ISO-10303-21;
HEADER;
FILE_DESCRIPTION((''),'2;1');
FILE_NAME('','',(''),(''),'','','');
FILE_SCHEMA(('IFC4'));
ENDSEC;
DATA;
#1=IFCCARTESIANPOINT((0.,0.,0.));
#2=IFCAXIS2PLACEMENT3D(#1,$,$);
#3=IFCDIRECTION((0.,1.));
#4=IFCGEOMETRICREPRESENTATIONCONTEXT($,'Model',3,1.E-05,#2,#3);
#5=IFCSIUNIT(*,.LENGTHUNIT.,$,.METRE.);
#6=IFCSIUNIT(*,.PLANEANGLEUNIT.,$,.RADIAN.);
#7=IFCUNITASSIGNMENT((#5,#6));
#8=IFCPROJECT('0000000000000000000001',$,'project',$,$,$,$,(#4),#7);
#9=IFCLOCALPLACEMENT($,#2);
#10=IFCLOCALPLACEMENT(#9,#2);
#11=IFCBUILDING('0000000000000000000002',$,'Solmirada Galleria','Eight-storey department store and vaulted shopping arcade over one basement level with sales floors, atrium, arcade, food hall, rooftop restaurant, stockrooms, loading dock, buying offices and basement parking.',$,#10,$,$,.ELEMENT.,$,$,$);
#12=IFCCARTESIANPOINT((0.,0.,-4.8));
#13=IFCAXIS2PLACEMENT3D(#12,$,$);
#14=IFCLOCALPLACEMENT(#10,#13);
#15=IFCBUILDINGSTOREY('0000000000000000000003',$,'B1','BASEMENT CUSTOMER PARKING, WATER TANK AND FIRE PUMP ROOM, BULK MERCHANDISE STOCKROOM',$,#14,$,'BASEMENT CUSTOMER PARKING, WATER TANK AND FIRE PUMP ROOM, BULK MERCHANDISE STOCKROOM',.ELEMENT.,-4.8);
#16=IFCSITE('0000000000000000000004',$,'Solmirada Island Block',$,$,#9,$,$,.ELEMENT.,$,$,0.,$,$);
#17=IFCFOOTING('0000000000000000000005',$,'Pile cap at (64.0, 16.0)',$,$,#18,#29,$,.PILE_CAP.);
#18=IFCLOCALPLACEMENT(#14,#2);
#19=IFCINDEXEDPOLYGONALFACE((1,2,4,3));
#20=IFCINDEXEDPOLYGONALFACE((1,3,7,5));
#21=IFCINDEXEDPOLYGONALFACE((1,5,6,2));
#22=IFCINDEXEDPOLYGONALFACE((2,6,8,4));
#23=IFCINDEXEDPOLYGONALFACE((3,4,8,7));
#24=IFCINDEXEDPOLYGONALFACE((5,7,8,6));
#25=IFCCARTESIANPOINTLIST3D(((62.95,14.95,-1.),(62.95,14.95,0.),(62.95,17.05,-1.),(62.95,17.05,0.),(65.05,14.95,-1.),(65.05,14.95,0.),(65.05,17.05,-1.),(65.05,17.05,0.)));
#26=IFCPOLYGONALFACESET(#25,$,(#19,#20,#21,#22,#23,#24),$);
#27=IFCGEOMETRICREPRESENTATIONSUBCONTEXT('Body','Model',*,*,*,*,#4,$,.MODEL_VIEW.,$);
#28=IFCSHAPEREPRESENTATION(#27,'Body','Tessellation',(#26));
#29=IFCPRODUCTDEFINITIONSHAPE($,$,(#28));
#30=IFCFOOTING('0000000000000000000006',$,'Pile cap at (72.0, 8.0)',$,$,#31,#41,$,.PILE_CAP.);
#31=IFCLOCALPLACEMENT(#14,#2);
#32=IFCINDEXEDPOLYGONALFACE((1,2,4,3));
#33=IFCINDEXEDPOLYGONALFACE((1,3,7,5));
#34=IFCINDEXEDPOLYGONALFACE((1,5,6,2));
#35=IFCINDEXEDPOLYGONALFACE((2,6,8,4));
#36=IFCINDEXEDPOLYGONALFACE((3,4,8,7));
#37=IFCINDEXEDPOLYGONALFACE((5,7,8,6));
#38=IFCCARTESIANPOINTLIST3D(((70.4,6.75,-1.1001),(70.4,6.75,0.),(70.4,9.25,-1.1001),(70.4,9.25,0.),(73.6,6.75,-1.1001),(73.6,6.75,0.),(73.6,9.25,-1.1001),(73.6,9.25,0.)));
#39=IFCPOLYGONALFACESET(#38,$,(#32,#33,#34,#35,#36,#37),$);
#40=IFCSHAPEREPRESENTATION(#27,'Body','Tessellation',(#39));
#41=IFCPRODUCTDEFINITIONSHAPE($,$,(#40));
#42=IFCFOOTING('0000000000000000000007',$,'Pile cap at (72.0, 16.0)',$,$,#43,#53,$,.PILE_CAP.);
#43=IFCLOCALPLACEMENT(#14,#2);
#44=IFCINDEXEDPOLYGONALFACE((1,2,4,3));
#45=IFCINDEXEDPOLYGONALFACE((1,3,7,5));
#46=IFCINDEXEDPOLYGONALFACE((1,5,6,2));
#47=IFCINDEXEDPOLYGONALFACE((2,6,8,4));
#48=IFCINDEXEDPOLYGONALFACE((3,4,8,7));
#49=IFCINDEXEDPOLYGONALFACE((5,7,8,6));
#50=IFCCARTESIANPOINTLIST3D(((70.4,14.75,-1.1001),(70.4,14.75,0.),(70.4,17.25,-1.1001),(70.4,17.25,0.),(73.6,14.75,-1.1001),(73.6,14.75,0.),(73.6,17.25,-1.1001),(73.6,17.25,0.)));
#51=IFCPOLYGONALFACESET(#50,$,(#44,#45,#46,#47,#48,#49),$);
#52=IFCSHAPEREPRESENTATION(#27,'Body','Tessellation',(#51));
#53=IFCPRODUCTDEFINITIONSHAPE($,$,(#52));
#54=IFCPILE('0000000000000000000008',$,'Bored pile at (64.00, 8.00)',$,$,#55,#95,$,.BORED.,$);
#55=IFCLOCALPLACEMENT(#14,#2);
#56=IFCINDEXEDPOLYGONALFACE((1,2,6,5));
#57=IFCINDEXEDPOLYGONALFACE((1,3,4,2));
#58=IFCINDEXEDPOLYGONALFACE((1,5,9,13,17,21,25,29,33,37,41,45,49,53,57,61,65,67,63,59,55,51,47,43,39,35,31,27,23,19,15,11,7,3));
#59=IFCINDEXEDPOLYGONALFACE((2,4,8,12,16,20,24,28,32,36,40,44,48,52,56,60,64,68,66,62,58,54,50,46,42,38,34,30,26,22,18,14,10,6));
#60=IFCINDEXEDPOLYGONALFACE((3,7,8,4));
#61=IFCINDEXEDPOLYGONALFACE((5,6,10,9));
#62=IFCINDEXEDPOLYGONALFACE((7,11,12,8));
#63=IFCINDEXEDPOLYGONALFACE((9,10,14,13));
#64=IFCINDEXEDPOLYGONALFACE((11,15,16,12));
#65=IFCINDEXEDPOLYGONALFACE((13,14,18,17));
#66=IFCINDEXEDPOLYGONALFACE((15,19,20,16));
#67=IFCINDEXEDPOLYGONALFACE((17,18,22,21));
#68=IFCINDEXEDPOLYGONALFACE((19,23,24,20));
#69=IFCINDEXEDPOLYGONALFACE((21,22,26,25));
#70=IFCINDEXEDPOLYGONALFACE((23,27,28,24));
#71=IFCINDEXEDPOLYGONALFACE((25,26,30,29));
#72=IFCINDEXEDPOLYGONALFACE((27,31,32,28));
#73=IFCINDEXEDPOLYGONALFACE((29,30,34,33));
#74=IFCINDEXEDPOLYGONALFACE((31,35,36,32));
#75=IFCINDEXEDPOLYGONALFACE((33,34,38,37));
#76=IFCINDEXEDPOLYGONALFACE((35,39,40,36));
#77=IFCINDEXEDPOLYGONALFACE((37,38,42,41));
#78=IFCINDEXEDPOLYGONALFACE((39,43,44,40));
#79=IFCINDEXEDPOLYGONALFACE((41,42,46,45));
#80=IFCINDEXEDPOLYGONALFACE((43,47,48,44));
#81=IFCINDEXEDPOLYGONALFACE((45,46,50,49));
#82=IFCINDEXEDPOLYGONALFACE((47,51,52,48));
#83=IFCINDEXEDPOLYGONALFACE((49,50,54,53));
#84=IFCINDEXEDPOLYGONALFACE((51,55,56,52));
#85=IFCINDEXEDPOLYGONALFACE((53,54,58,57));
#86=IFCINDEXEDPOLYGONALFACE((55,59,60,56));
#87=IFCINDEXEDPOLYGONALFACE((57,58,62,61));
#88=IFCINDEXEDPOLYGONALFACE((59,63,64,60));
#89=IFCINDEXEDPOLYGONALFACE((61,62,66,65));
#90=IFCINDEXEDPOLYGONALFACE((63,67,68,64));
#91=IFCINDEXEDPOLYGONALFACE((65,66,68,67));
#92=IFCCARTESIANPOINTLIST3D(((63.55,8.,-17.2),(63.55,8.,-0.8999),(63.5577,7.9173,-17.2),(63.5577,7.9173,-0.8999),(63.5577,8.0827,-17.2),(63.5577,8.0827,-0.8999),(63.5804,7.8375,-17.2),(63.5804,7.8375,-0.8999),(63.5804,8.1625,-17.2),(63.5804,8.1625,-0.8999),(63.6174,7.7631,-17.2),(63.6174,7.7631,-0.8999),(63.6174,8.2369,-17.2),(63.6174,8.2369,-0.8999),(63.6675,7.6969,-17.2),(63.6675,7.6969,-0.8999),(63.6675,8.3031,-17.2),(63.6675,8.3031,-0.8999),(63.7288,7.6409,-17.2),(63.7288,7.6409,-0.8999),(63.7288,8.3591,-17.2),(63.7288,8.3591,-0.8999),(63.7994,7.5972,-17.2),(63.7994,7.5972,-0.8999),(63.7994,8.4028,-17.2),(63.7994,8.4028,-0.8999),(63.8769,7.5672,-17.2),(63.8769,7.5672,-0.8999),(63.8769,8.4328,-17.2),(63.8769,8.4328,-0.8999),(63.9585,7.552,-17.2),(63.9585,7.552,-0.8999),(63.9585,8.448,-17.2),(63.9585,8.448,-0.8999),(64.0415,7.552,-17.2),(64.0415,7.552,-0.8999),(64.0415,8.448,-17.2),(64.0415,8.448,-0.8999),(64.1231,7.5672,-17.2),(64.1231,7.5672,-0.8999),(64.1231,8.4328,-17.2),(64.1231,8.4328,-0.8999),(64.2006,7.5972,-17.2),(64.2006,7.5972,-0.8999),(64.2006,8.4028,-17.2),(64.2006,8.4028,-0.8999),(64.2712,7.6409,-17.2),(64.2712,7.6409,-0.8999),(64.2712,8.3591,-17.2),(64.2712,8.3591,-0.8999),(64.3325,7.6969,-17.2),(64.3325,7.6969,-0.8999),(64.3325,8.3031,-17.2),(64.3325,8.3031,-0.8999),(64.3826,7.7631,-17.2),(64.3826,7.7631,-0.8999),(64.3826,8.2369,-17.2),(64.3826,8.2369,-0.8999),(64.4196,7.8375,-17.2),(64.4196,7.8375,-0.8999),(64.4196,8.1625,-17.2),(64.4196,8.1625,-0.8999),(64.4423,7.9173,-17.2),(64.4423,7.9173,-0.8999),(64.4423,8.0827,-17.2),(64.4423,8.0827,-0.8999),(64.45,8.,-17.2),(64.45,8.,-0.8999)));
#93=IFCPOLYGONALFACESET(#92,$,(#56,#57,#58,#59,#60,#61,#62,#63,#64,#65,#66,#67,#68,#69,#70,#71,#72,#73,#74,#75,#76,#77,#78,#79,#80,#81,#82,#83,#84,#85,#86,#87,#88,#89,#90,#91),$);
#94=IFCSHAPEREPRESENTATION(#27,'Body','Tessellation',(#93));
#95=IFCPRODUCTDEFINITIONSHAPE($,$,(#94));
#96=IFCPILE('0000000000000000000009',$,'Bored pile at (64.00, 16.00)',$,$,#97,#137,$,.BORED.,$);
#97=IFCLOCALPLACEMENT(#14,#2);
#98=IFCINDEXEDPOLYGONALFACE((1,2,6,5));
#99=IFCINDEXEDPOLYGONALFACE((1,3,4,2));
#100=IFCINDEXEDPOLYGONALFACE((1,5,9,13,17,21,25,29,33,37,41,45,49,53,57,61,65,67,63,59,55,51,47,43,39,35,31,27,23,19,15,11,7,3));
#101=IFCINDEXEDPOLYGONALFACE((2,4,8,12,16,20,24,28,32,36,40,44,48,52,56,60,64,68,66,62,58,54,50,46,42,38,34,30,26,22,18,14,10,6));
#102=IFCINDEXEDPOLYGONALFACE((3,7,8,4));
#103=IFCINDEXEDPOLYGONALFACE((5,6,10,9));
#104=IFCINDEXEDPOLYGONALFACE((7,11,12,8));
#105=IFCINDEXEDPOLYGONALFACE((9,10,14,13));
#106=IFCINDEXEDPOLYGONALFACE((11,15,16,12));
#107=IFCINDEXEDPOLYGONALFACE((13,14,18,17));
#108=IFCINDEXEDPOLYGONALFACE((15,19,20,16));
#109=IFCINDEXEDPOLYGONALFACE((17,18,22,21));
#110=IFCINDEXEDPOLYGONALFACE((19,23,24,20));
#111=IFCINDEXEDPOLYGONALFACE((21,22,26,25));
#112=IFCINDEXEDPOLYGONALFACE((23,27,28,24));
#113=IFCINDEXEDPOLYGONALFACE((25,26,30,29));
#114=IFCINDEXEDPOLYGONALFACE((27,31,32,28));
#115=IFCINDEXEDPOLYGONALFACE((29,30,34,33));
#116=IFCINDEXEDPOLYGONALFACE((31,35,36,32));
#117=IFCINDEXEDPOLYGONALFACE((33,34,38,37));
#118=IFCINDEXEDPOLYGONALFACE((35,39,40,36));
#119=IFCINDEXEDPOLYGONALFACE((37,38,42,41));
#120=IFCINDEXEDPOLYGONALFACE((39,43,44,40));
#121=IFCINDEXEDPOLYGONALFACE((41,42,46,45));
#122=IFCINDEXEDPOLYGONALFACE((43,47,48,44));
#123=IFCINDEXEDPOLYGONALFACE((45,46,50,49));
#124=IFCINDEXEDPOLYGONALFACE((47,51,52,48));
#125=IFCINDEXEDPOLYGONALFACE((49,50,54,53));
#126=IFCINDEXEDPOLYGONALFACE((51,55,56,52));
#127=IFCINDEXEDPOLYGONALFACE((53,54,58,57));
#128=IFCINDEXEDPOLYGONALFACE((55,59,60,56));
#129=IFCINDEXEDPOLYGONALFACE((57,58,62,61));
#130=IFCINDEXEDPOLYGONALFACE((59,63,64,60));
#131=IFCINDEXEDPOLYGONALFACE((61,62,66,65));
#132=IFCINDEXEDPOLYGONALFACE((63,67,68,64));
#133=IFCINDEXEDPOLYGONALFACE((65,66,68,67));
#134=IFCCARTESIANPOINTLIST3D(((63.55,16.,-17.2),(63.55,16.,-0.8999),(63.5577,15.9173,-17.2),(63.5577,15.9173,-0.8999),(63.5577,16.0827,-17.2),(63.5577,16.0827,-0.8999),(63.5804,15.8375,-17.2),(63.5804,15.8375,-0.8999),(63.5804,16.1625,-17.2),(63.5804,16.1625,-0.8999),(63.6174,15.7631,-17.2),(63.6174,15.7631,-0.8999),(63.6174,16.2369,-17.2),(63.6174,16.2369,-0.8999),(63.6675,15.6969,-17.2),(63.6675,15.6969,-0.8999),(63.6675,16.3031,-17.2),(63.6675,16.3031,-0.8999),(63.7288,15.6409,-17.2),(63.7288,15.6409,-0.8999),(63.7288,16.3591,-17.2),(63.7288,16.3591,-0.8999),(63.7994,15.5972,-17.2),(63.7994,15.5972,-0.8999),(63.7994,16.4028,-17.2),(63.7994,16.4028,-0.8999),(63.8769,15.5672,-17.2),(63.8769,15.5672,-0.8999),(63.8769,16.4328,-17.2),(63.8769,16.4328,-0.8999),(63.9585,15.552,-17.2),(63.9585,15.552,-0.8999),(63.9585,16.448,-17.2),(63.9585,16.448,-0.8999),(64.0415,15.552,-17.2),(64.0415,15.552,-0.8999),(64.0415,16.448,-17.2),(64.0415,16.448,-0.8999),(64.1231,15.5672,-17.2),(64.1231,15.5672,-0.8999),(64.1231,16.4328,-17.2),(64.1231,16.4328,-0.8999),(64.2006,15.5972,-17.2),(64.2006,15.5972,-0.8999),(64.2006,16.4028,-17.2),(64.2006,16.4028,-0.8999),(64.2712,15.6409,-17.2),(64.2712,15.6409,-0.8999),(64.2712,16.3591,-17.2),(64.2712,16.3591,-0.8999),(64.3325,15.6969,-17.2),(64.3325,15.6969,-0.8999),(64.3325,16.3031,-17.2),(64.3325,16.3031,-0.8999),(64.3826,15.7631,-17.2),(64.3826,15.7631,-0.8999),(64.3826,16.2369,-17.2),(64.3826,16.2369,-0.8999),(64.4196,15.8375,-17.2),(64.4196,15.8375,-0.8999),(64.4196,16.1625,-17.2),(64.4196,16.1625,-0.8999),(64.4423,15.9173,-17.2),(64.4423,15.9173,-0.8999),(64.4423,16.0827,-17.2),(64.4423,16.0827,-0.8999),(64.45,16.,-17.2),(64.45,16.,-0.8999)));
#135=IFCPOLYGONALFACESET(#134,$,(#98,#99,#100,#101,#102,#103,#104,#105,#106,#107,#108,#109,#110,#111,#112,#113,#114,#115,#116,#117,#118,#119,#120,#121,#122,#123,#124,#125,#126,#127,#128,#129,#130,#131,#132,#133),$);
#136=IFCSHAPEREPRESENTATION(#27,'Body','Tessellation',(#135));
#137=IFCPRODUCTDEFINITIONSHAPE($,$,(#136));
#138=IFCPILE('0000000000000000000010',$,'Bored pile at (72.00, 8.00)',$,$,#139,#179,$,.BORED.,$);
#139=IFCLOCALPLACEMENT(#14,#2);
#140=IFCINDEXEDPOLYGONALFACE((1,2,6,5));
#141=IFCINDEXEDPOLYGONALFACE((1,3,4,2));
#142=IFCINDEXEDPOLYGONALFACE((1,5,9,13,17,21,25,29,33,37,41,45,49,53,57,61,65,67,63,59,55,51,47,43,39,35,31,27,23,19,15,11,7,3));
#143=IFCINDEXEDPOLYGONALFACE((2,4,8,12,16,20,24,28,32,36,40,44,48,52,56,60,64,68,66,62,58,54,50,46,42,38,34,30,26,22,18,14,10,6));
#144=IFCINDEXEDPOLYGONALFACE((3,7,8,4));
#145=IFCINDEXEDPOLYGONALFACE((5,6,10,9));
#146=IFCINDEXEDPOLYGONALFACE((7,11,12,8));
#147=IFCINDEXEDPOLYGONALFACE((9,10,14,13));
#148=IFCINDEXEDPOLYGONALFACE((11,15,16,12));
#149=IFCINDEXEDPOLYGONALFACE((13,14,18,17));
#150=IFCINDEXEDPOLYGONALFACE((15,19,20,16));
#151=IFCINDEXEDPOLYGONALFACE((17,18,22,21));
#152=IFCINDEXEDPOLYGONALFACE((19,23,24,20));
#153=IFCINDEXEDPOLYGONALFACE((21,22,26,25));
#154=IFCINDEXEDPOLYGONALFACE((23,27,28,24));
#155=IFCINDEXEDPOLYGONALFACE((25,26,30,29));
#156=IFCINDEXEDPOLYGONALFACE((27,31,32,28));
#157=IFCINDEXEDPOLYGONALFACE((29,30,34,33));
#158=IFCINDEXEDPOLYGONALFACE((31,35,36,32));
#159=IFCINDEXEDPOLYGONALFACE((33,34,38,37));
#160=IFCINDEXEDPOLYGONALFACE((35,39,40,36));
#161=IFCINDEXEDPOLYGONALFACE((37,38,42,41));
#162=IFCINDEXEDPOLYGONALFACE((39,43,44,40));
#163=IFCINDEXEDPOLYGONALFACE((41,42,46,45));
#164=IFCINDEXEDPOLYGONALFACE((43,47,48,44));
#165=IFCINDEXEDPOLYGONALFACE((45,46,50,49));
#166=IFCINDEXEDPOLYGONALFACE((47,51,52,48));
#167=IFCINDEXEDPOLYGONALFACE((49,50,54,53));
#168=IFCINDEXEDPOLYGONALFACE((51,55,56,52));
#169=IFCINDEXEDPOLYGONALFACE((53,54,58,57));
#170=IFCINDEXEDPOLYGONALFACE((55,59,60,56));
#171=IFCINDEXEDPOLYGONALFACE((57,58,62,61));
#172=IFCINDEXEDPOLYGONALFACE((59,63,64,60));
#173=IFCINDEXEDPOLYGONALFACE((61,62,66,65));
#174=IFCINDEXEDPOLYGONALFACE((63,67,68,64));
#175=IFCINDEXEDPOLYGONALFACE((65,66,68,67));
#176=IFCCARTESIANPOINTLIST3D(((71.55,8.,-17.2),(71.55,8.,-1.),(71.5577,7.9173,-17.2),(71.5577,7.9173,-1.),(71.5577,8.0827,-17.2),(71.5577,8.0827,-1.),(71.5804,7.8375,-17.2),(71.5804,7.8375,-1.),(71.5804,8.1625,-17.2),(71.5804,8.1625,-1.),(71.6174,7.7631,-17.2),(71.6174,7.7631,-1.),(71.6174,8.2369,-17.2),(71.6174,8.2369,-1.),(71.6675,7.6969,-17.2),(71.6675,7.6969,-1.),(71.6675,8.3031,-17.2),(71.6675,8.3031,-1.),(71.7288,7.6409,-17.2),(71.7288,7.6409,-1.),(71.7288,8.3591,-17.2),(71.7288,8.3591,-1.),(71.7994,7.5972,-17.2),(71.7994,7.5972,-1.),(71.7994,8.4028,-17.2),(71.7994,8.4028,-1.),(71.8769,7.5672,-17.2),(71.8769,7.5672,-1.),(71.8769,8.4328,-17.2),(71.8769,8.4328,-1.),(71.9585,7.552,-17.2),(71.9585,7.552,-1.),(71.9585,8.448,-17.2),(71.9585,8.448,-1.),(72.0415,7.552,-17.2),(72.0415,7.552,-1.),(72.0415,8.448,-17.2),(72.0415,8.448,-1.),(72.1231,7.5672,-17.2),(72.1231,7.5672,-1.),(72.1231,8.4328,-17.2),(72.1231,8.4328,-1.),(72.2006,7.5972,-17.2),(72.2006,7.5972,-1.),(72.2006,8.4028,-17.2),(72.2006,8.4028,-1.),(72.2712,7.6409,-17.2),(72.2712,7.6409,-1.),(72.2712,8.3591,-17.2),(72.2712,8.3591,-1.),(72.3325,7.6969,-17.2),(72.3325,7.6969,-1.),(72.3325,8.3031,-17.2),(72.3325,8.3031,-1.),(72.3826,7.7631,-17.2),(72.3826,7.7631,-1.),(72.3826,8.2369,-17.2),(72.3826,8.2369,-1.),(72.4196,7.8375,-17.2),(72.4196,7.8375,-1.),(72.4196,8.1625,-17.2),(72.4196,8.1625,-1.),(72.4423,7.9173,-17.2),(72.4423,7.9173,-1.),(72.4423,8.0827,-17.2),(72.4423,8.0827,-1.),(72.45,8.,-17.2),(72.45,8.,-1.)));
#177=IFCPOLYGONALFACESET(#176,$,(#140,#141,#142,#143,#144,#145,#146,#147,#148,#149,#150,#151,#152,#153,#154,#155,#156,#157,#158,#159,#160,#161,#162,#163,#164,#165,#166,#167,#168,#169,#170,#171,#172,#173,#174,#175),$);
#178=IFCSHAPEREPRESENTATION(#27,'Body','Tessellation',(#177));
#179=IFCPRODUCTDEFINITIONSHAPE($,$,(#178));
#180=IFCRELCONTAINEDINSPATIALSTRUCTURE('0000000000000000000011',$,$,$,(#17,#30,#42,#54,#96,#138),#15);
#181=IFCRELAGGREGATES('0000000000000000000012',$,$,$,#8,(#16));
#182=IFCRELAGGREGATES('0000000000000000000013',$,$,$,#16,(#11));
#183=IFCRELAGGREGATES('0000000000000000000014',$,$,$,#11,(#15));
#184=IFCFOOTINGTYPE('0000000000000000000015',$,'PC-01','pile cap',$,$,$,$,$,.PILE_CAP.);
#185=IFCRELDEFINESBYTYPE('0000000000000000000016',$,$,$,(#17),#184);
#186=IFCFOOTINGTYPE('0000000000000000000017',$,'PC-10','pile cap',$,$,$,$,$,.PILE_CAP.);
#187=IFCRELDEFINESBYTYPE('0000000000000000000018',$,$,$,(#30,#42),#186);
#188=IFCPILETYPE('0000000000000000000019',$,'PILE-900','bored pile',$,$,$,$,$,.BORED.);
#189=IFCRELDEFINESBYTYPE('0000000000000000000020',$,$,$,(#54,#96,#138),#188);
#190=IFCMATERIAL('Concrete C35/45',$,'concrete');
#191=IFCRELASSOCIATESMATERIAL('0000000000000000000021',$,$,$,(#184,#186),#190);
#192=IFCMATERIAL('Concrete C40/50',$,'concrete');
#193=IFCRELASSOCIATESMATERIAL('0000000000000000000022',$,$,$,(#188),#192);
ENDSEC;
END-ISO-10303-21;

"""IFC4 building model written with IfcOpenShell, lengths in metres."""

from ifc_helpers import new_model, si_unit, direction, frame, origin, origin_2d, place, context, subcontext, project, spatial, rectangle, circle, extrude, material, material_profile, profile_set, type_object, element, save


model = new_model("IFC4")

# Units and contexts
model_context = context("Model", 3, precision=1e-05, world=origin(), true_north=direction((0.0, 1.0)))
body_context = subcontext(model_context, "Body", "Model", "MODEL_VIEW")
ifc_project = project(units=[si_unit("LENGTHUNIT", "METRE"), si_unit("PLANEANGLEUNIT", "RADIAN")], contexts=[model_context])

# Site, building, storey
site_placement = place(None, origin())
site = spatial("IfcSite", under=ifc_project, at=site_placement, Name="Solmirada Island Block", CompositionType="ELEMENT", RefElevation=0.0)
building_placement = place(site_placement, origin())
building = spatial("IfcBuilding", under=site, at=building_placement, Name="Solmirada Galleria", Description="Eight-storey department store and vaulted shopping arcade over one basement level with sales floors, atrium, arcade, food hall, rooftop restaurant, stockrooms, loading dock, buying offices and basement parking.", CompositionType="ELEMENT")
storey_placement = place(building_placement, frame((0.0, 0.0, -4.8)))
storey = spatial("IfcBuildingStorey", under=building, at=storey_placement, Name="B1", Description="BASEMENT CUSTOMER PARKING, WATER TANK AND FIRE PUMP ROOM, BULK MERCHANDISE STOCKROOM", LongName="BASEMENT CUSTOMER PARKING, WATER TANK AND FIRE PUMP ROOM, BULK MERCHANDISE STOCKROOM", CompositionType="ELEMENT", Elevation=-4.8)

# Footings
ifc_material_1 = material(Name="Concrete C35/45", Category="concrete")
footing_type_1 = type_object("IfcFootingType", Name="PC-01", Description="pile cap", PredefinedType="PILE_CAP", material=ifc_material_1)
footing_1_placement = place(storey_placement, frame((64.0, 16.0, -1.0), z_axis=(0.0, 0.0, 1.0), x_axis=(1.0, 0.0, 0.0)))
element("IfcFooting", 1, at=footing_1_placement, inside=storey, type_object=footing_type_1, Name="Pile cap at (64.0, 16.0)", PredefinedType="PILE_CAP", context=body_context, shape_type="SweptSolid", body=[
    extrude(rectangle(XDim=2.1001, YDim=2.1001, at=origin_2d()), origin(), (0.0, 0.0, 1.0), 1.0),
])
footing_type_2 = type_object("IfcFootingType", Name="PC-10", Description="pile cap", PredefinedType="PILE_CAP", material=ifc_material_1)
for number, where, z_axis, x_axis, name in (
    (2, (72.0, 8.0, -1.1001), (0.0, 0.0, 1.0), (1.0, 0.0, 0.0), "Pile cap at (72.0, 8.0)"),
    (3, (72.0, 16.0, -1.1001), (0.0, 0.0, 1.0), (1.0, 0.0, 0.0), "Pile cap at (72.0, 16.0)"),
):
    element("IfcFooting", number, at=place(storey_placement, frame(where, z_axis=z_axis, x_axis=x_axis)), inside=storey, type_object=footing_type_2, Name=name, PredefinedType="PILE_CAP", context=body_context, shape_type="SweptSolid", body=[
        extrude(rectangle(XDim=3.2, YDim=2.5, at=origin_2d()), origin(), (0.0, 0.0, 1.0), 1.1001),
    ])

# Piles
ifc_material_2 = material(Name="Concrete C40/50", Category="concrete")
ifc_material_profile_1 = material_profile(ifc_material_2, circle(Radius=0.45, at=origin_2d()), Name="PILE900")
ifc_profile_set_1 = profile_set([ifc_material_profile_1], Name="Concrete C40/50")
pile_type = type_object("IfcPileType", Name="PILE-900", Description="bored pile", PredefinedType="BORED", material=ifc_profile_set_1)
for number, where, z_axis, x_axis, name in (
    (4, (64.0, 8.0, -0.8999), (0.0, 0.0, -1.0), (1.0, 0.0, 0.0), "Bored pile at (64.00, 8.00)"),
    (5, (64.0, 16.0, -0.8999), (0.0, 0.0, -1.0), (1.0, 0.0, 0.0), "Bored pile at (64.00, 16.00)"),
):
    element("IfcPile", number, at=place(storey_placement, frame(where, z_axis=z_axis, x_axis=x_axis)), inside=storey, type_object=pile_type, Name=name, PredefinedType="BORED", context=body_context, shape_type="SweptSolid", body=[
        extrude(circle(Radius=0.45, at=origin_2d()), origin(), (0.0, 0.0, 1.0), 16.3),
    ])
for number, where, z_axis, x_axis, name in (
    (6, (72.0, 8.0, -1.0), (0.0, 0.0, -1.0), (1.0, 0.0, 0.0), "Bored pile at (72.00, 8.00)"),
):
    element("IfcPile", number, at=place(storey_placement, frame(where, z_axis=z_axis, x_axis=x_axis)), inside=storey, type_object=pile_type, Name=name, PredefinedType="BORED", context=body_context, shape_type="SweptSolid", body=[
        extrude(circle(Radius=0.45, at=origin_2d()), origin(), (0.0, 0.0, 1.0), 16.2),
    ])

save(model, "model.ifc")
